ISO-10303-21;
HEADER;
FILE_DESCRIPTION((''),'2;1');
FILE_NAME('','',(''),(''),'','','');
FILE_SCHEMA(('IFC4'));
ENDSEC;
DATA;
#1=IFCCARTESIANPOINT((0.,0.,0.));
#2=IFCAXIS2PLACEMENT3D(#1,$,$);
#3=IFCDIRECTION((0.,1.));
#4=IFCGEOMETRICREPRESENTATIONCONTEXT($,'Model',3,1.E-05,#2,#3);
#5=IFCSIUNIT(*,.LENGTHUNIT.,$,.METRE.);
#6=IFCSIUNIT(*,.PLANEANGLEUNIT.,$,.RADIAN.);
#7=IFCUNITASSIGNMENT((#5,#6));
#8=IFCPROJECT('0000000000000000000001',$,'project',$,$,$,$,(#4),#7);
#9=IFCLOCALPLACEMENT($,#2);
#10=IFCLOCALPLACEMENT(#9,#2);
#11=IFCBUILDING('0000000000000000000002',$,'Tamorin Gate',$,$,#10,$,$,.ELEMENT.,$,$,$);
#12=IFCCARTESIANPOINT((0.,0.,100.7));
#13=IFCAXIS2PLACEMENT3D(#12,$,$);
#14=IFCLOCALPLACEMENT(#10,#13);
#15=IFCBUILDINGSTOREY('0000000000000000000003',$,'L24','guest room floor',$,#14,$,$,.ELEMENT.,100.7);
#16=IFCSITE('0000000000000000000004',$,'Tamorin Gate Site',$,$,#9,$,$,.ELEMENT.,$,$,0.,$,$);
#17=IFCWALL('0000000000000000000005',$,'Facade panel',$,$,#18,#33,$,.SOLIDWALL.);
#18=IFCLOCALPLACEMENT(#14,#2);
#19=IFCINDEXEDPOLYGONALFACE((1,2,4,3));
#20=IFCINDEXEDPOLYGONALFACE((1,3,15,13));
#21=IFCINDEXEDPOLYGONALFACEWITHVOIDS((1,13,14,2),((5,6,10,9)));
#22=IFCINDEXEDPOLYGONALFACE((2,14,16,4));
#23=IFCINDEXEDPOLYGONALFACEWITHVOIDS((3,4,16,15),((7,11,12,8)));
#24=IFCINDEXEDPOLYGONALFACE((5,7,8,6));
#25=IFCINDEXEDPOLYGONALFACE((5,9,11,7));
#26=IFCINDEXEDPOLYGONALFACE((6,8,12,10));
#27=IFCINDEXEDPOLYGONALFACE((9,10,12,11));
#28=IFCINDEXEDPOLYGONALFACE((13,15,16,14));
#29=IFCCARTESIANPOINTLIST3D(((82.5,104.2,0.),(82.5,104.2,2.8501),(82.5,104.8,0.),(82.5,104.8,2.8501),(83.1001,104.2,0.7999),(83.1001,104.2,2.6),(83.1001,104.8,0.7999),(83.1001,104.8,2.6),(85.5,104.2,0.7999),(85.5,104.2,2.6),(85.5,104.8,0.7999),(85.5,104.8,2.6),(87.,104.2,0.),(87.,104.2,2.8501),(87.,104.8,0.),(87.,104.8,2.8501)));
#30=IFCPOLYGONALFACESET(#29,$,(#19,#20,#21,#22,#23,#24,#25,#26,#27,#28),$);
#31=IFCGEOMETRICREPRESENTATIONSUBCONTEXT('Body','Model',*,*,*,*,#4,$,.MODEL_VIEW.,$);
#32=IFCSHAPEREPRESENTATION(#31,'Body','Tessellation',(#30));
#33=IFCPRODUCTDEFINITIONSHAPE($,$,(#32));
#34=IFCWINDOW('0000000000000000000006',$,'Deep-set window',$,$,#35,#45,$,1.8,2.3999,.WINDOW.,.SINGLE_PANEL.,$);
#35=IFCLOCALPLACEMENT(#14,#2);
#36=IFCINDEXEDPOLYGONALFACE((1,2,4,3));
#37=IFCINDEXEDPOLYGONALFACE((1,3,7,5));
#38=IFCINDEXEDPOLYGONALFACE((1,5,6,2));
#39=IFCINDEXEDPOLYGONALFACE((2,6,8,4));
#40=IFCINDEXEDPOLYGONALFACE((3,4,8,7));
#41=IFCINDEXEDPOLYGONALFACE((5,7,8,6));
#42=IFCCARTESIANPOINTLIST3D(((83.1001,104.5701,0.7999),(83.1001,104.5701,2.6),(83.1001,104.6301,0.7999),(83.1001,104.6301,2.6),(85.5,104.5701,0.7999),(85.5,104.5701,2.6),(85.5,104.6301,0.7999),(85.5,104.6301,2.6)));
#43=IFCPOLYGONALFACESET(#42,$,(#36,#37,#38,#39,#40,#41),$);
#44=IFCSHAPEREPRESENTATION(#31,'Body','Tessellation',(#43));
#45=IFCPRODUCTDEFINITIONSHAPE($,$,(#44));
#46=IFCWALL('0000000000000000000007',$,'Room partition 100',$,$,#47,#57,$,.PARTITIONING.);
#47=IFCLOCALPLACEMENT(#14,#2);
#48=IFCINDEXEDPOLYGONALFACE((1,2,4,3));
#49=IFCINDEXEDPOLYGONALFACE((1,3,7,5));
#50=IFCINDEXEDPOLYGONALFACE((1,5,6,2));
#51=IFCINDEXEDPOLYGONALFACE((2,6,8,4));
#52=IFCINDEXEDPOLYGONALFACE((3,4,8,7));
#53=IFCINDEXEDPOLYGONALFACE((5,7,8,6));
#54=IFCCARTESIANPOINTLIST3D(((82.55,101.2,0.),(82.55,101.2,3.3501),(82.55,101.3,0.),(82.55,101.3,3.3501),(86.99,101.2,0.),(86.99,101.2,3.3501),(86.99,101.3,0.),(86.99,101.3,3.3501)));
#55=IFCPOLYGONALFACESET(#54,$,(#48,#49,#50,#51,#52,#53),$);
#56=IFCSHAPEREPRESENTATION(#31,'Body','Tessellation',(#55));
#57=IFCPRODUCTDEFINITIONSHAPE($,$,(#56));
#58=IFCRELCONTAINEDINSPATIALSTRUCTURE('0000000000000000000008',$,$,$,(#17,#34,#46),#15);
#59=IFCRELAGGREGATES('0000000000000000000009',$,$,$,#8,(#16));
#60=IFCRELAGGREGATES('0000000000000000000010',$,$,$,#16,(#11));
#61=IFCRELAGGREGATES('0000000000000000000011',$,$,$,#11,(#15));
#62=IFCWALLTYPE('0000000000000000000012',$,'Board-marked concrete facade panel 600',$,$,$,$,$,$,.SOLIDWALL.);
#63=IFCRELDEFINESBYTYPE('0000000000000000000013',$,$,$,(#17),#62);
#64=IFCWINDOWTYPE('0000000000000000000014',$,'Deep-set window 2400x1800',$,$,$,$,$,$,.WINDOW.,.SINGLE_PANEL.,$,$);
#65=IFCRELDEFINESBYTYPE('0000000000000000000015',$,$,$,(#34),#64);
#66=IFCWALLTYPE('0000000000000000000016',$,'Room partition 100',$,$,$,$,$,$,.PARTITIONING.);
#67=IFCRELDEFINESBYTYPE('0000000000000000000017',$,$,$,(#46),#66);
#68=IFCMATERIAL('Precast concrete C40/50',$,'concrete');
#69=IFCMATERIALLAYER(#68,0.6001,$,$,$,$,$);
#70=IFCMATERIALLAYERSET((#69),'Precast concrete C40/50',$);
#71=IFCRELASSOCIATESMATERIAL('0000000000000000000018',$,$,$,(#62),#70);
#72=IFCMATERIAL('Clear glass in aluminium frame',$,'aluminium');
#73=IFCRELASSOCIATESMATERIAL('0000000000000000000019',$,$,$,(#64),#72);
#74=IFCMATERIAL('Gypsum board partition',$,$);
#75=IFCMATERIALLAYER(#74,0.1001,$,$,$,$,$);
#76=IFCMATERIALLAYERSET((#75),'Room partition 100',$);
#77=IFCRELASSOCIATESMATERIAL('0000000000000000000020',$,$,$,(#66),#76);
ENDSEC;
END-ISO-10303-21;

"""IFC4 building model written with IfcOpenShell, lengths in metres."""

from ifc_helpers import new_model, si_unit, direction, frame, frame_2d, origin, place, context, subcontext, project, spatial, rectangle, extrude, material, layer, layer_set, type_object, element, fill, save


model = new_model("IFC4")

# Units and contexts
model_context = context("Model", 3, precision=1e-05, world=origin(), true_north=direction((0.0, 1.0)))
body_context = subcontext(model_context, "Body", "Model", "MODEL_VIEW")
ifc_project = project(units=[si_unit("LENGTHUNIT", "METRE"), si_unit("PLANEANGLEUNIT", "RADIAN")], contexts=[model_context])

# Site, building, storey
site_placement = place(None, origin())
site = spatial("IfcSite", under=ifc_project, at=site_placement, Name="Tamorin Gate Site", CompositionType="ELEMENT", RefElevation=0.0)
building_placement = place(site_placement, origin())
building = spatial("IfcBuilding", under=site, at=building_placement, Name="Tamorin Gate", CompositionType="ELEMENT")
storey_placement = place(building_placement, frame((0.0, 0.0, 100.7)))
storey = spatial("IfcBuildingStorey", under=building, at=storey_placement, Name="L24", Description="guest room floor", CompositionType="ELEMENT", Elevation=100.7)

# Shared definitions
ifc_material_1 = material(Name="Precast concrete C40/50", Category="concrete")
ifc_layer_1 = layer(ifc_material_1, 0.6001)
ifc_layer_set_1 = layer_set([ifc_layer_1], Name="Precast concrete C40/50")
wall_type_1 = type_object("IfcWallType", Name="Board-marked concrete facade panel 600", PredefinedType="SOLIDWALL", material=ifc_layer_set_1)
ifc_material_2 = material(Name="Clear glass in aluminium frame", Category="aluminium")
window_type = type_object("IfcWindowType", Name="Deep-set window 2400x1800", PartitioningType="SINGLE_PANEL", PredefinedType="WINDOW", material=ifc_material_2)

# Wall, opening, window
wall_1_placement = place(storey_placement, frame((87.0, 104.5, 0.0), z_axis=(0.0, 0.0, 1.0), x_axis=(-1.0, 0.0, 0.0)))
wall_1 = element("IfcWall", 1, at=wall_1_placement, inside=storey, type_object=wall_type_1, Name="Facade panel", PredefinedType="SOLIDWALL", context=body_context, shape_type="SweptSolid", body=[
    extrude(rectangle(XDim=4.5, YDim=0.6001, at=frame_2d((2.25, 0.0))), origin(), (0.0, 0.0, 1.0), 2.8501),
])
opening_1_placement = place(wall_1_placement, frame((1.5, 0.0, 0.8)))
opening_1 = element("IfcOpeningElement", 2, at=opening_1_placement, cuts=wall_1, PredefinedType="OPENING", context=body_context, shape_type="SweptSolid", body=[
    extrude(rectangle(XDim=2.3999, YDim=1.8, at=frame_2d((1.2, 0.8999))), frame((0.0, 0.3101, 0.0), z_axis=(0.0, -1.0, 0.0), x_axis=(1.0, 0.0, 0.0)), (0.0, 0.0, 1.0), 0.6201),
])
window_1_placement = place(opening_1_placement, origin())
window_1 = element("IfcWindow", 3, at=window_1_placement, inside=storey, type_object=window_type, Name="Deep-set window", OverallHeight=1.8, OverallWidth=2.3999, PartitioningType="SINGLE_PANEL", PredefinedType="WINDOW", context=body_context, shape_type="SweptSolid", body=[
    extrude(rectangle(XDim=2.3999, YDim=1.8, at=frame_2d((1.2, 0.8999))), frame((0.0, -0.0701, 0.0), z_axis=(0.0, -1.0, 0.0), x_axis=(1.0, 0.0, 0.0)), (0.0, 0.0, 1.0), 0.0601),
])
fill(opening_1, window_1)

# Wall
ifc_material_3 = material(Name="Gypsum board partition")
ifc_layer_2 = layer(ifc_material_3, 0.1001)
ifc_layer_set_2 = layer_set([ifc_layer_2], Name="Room partition 100")
wall_type_2 = type_object("IfcWallType", Name="Room partition 100", PredefinedType="PARTITIONING", material=ifc_layer_set_2)
wall_2_placement = place(storey_placement, frame((82.55, 101.25, 0.0), z_axis=(0.0, 0.0, 1.0), x_axis=(1.0, 0.0, 0.0)))
element("IfcWall", 4, at=wall_2_placement, inside=storey, type_object=wall_type_2, Name="Room partition 100", PredefinedType="PARTITIONING", context=body_context, shape_type="SweptSolid", body=[
    extrude(rectangle(XDim=4.4399, YDim=0.1001, at=frame_2d((2.22, 0.0))), origin(), (0.0, 0.0, 1.0), 3.3501),
])

save(model, "model.ifc")
